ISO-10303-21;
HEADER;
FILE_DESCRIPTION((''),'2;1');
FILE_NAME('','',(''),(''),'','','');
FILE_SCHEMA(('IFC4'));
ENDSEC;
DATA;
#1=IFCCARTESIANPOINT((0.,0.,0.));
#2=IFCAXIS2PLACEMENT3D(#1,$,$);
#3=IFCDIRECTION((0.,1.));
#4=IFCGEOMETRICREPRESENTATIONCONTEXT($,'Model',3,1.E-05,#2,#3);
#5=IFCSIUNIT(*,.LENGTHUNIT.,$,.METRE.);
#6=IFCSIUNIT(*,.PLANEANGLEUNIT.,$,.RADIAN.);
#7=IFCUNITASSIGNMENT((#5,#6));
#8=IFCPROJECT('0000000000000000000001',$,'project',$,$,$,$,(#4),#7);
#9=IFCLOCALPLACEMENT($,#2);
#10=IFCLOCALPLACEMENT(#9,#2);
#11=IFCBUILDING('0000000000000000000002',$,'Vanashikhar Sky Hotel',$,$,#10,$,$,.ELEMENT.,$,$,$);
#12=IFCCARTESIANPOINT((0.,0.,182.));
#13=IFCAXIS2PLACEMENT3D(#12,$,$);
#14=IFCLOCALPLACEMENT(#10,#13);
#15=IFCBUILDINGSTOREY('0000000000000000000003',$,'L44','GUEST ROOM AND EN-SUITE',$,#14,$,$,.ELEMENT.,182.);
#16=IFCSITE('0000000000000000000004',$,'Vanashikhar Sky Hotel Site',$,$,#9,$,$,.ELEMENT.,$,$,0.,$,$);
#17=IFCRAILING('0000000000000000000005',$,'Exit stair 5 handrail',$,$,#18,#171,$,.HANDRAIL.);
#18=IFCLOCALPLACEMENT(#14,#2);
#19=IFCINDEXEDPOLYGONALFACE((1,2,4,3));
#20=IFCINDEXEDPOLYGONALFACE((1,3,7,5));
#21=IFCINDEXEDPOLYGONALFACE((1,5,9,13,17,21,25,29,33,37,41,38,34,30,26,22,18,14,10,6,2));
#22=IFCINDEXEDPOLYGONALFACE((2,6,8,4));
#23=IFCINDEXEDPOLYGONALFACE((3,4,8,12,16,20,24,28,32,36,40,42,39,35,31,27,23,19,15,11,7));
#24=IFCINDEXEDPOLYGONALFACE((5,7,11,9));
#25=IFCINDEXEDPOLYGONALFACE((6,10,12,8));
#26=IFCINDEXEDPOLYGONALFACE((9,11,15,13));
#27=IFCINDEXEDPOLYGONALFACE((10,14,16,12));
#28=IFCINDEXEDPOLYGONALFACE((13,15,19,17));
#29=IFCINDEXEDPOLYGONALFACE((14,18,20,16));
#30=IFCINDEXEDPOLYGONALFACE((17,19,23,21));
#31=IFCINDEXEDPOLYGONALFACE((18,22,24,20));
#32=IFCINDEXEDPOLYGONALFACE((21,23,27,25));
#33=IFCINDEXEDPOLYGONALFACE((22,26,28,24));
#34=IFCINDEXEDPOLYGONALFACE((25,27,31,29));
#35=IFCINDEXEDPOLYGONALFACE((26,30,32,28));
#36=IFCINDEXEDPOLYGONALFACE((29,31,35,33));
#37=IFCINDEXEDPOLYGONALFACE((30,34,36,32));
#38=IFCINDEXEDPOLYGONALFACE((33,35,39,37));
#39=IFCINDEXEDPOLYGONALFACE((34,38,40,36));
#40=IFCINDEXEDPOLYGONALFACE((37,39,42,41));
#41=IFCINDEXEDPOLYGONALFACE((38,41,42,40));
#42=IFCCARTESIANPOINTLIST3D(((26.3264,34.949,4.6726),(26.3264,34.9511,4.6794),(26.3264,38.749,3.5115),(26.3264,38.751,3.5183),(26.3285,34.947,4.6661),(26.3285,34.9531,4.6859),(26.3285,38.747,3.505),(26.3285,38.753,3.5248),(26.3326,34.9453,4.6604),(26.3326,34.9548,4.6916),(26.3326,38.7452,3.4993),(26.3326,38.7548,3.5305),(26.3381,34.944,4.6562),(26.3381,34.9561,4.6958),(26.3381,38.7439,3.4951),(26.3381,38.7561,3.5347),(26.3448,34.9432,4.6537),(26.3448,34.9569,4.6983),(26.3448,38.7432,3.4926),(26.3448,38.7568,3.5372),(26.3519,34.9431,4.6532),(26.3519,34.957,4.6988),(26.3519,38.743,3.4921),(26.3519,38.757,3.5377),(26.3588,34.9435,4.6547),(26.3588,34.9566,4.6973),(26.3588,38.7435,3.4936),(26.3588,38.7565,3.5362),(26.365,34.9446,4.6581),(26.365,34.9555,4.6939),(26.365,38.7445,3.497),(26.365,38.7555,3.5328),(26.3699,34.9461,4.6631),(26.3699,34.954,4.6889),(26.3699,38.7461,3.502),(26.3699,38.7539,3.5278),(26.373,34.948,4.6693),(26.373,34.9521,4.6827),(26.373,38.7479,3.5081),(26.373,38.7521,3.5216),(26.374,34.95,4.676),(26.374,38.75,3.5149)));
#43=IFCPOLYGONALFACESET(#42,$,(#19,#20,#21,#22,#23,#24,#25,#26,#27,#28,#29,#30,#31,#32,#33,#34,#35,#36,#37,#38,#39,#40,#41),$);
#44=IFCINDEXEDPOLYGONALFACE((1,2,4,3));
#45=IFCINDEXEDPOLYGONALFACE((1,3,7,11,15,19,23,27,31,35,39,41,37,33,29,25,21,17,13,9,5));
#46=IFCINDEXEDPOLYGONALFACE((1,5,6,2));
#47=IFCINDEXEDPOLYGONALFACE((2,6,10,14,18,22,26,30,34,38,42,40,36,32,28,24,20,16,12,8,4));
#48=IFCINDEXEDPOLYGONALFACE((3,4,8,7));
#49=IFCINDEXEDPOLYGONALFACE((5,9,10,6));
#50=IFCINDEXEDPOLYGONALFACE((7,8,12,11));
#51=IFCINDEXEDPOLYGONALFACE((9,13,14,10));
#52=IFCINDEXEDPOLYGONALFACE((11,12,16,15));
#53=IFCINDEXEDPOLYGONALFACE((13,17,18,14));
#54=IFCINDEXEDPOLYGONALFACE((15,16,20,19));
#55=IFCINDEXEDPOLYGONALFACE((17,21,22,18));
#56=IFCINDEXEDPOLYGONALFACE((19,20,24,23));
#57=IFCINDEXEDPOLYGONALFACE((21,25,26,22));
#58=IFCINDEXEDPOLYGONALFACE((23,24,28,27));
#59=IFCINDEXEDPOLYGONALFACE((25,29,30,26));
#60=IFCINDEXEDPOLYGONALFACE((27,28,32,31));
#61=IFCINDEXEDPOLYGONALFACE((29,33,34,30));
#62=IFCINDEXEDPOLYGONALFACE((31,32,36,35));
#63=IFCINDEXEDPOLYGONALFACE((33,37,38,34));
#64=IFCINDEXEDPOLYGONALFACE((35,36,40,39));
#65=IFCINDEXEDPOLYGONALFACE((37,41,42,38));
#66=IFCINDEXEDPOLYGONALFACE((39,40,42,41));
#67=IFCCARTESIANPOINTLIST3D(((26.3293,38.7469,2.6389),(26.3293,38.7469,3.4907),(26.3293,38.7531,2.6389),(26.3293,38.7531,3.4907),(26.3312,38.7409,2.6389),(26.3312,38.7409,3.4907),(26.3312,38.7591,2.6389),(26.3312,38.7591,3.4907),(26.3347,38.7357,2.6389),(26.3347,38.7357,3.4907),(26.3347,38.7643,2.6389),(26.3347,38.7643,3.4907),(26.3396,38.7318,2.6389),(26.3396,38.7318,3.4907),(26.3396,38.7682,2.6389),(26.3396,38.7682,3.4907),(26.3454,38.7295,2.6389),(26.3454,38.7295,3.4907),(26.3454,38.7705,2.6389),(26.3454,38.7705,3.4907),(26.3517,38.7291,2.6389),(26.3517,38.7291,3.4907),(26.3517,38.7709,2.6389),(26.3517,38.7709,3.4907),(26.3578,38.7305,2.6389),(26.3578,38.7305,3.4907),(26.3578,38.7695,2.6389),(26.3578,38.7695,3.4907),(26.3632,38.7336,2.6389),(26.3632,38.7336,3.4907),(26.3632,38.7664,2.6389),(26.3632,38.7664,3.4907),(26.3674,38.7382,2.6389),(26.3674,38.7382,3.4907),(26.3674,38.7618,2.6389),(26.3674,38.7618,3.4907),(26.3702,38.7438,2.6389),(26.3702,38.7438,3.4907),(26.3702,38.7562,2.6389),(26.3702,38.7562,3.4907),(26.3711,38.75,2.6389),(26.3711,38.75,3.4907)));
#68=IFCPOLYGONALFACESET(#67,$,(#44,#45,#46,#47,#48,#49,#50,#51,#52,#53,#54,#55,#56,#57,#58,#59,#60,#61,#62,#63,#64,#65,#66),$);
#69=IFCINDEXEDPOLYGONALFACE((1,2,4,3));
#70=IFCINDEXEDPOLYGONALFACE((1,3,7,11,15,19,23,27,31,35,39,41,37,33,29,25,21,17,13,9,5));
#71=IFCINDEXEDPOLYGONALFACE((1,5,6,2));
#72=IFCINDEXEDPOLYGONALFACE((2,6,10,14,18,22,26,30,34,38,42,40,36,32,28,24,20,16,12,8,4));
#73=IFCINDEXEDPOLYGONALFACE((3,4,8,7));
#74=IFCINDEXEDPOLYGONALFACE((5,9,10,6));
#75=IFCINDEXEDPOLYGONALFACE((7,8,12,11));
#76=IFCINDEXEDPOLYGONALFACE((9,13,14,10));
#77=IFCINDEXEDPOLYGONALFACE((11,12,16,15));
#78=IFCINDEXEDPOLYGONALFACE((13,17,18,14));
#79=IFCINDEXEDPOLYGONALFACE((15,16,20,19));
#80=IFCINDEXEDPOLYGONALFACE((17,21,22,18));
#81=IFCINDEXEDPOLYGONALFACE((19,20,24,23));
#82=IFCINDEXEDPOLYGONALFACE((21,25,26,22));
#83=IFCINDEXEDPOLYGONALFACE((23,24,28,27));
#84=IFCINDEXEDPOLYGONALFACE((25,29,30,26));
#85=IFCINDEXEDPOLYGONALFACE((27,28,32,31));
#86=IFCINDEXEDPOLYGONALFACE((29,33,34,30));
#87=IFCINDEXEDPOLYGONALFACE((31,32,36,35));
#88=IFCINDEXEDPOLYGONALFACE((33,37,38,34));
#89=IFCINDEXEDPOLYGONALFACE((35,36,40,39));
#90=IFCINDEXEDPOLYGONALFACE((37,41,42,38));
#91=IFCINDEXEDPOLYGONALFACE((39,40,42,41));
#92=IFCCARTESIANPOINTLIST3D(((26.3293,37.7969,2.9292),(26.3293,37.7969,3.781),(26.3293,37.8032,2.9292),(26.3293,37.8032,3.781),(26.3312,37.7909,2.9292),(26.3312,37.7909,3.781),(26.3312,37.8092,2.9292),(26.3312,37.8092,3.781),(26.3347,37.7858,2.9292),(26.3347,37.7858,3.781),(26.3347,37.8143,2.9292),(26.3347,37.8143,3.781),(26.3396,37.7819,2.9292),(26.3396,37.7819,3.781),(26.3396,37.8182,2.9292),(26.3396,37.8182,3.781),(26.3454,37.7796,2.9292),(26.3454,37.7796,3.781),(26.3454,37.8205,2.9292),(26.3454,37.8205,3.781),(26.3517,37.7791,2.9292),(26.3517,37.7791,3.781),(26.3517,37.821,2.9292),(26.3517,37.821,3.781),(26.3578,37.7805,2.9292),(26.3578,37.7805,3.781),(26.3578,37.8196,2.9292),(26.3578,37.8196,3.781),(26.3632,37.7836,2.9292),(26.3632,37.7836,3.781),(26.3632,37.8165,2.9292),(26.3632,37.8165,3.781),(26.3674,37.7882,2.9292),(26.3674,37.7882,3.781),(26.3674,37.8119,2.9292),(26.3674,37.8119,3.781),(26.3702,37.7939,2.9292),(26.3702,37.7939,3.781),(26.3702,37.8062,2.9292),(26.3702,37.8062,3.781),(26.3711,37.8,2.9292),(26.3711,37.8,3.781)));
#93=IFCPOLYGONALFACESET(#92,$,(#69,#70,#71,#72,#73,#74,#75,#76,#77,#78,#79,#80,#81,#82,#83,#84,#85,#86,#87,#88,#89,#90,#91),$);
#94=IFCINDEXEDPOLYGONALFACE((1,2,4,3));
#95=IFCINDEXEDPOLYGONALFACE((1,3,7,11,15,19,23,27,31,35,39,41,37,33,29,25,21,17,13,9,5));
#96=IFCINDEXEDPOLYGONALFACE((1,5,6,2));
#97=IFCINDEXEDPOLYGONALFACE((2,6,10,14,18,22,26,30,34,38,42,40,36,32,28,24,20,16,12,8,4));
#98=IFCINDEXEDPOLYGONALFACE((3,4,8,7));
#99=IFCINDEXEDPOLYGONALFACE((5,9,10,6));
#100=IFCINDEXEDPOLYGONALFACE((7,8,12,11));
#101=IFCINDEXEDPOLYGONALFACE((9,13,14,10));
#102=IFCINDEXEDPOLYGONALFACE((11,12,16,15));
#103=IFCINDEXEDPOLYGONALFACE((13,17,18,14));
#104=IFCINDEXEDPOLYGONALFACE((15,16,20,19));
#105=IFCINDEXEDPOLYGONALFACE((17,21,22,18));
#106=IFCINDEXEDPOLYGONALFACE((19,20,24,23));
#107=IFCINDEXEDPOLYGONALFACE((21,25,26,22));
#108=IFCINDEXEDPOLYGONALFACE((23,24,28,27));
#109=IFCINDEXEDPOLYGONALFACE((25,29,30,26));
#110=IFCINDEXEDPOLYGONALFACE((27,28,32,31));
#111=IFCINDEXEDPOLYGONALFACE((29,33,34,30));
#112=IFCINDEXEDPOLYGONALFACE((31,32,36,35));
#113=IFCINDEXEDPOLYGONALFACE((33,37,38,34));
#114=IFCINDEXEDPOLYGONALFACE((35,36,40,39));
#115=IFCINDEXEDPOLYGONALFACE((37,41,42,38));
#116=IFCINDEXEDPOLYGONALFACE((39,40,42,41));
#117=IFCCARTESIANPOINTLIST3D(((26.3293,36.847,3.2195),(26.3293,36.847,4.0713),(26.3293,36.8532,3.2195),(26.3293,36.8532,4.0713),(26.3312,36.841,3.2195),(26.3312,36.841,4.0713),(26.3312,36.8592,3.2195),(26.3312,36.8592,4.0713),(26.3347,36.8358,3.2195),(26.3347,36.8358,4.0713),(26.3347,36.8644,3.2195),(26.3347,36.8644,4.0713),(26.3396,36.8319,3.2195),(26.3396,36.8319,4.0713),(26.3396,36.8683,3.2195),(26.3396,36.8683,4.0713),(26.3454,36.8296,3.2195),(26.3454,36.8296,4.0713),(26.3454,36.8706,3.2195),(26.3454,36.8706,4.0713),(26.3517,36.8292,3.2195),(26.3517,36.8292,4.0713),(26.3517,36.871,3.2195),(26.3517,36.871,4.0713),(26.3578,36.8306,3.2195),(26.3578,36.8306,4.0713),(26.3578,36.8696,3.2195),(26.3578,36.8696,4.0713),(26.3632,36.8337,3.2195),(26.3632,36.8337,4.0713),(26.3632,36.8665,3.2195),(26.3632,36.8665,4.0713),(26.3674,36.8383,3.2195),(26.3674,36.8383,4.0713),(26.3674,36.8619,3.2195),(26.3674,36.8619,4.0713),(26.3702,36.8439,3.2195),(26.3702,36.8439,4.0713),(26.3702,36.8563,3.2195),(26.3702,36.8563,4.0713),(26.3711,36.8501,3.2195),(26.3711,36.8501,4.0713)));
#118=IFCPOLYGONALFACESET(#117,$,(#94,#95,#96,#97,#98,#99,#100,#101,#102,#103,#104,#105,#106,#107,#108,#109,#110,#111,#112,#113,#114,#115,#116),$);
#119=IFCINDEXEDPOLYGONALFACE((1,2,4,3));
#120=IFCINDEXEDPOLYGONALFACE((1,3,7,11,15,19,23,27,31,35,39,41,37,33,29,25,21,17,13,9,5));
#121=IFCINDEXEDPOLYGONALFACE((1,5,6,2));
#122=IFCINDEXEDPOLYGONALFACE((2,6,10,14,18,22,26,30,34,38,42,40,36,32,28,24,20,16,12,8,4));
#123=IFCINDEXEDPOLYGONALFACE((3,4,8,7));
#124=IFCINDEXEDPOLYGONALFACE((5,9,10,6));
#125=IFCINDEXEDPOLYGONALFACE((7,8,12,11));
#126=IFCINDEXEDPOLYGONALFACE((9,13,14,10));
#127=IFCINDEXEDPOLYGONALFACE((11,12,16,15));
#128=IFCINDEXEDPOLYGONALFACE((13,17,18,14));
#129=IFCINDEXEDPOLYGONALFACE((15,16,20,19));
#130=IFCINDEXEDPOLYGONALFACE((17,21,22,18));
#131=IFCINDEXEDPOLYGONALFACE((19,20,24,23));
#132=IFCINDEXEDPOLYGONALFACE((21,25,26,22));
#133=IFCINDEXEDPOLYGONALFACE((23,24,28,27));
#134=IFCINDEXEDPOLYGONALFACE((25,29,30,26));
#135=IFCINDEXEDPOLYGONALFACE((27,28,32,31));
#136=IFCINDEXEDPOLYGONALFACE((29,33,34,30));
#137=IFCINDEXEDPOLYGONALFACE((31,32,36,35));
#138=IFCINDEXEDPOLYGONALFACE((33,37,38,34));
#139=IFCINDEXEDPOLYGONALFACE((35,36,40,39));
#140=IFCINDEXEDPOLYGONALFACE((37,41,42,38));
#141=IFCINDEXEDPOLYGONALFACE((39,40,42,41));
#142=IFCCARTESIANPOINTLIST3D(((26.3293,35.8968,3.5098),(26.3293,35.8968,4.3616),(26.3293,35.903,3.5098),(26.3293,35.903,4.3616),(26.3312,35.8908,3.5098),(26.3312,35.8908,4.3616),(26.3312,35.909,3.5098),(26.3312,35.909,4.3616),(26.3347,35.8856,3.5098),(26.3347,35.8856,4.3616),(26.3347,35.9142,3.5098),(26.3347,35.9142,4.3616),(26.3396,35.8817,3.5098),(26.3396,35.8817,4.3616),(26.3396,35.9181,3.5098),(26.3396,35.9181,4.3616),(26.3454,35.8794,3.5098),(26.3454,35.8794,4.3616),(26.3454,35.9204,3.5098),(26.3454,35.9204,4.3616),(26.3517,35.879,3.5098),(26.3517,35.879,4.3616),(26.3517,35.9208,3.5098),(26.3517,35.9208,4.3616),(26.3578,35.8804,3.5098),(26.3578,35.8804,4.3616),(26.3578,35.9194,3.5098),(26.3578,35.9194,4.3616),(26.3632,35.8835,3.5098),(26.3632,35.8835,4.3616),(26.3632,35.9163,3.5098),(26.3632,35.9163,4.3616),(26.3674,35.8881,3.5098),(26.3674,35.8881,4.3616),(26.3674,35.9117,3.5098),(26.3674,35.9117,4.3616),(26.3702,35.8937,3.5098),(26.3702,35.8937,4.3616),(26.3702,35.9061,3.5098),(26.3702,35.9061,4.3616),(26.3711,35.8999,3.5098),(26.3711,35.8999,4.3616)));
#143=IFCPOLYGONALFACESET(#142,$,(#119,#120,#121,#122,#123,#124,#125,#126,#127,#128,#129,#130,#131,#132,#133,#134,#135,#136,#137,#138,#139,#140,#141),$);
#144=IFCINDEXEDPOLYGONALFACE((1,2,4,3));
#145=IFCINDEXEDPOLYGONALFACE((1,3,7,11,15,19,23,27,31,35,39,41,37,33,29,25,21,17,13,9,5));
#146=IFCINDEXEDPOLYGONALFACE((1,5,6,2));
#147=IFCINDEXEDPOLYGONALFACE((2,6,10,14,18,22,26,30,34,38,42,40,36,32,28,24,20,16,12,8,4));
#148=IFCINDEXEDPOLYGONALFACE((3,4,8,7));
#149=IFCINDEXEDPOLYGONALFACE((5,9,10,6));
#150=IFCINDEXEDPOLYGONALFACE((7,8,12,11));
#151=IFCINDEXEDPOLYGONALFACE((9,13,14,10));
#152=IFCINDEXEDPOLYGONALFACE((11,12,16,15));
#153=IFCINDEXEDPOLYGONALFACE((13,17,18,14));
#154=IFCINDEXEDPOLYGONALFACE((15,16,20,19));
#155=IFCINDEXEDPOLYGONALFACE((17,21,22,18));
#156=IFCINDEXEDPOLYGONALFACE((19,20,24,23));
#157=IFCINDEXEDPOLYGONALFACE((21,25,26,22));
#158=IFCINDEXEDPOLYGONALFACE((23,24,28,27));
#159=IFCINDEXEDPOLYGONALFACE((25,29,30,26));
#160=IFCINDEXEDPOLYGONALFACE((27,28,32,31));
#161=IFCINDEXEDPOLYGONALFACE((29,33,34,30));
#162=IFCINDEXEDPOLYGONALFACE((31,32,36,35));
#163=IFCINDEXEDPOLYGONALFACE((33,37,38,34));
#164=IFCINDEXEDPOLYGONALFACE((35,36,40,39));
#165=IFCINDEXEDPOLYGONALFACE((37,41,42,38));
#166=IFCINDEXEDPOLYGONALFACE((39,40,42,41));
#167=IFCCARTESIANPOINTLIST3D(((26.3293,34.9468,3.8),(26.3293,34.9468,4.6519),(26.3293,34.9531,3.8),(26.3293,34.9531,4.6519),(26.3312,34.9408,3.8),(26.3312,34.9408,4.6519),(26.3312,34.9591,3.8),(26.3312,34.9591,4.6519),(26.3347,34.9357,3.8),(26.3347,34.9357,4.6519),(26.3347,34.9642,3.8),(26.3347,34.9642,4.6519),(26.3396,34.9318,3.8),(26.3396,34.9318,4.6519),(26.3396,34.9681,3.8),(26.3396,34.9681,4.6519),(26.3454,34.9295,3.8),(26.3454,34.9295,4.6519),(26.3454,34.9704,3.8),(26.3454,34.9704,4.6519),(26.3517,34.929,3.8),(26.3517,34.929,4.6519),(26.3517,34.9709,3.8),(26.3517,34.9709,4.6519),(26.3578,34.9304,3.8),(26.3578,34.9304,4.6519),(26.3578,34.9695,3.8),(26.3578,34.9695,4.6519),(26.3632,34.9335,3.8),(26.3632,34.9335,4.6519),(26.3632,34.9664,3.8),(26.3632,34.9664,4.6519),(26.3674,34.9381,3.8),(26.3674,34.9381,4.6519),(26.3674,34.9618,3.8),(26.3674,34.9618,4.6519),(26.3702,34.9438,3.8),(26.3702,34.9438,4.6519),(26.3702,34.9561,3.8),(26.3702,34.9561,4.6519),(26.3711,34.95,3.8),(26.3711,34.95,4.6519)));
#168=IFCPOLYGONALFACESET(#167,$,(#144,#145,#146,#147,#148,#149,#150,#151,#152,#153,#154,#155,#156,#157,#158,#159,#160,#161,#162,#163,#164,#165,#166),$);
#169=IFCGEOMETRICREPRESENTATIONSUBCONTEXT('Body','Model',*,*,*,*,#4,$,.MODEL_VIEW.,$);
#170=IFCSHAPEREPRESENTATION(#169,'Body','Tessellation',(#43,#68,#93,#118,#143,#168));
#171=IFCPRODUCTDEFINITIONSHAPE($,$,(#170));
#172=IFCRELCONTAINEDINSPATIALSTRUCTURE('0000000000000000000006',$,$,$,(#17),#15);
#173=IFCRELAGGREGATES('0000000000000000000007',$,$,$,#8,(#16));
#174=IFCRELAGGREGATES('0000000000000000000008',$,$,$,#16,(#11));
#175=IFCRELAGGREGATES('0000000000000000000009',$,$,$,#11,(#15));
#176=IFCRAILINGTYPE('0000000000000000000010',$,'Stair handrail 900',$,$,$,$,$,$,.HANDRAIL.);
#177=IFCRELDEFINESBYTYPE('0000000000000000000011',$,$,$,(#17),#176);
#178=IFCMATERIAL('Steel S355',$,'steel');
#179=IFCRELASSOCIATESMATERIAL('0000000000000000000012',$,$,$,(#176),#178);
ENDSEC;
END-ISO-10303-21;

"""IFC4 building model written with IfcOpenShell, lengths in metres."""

from ifc_helpers import new_model, si_unit, direction, frame, origin, origin_2d, place, context, subcontext, project, spatial, circle, extrude, source, transform, mapped, material, type_object, element, save


model = new_model("IFC4")

# Units and contexts
model_context = context("Model", 3, precision=1e-05, world=origin(), true_north=direction((0.0, 1.0)))
body_context = subcontext(model_context, "Body", "Model", "MODEL_VIEW")
ifc_project = project(units=[si_unit("LENGTHUNIT", "METRE"), si_unit("PLANEANGLEUNIT", "RADIAN")], contexts=[model_context])

# Site, building, storey
site_placement = place(None, origin())
site = spatial("IfcSite", under=ifc_project, at=site_placement, Name="Vanashikhar Sky Hotel Site", CompositionType="ELEMENT", RefElevation=0.0)
building_placement = place(site_placement, origin())
building = spatial("IfcBuilding", under=site, at=building_placement, Name="Vanashikhar Sky Hotel", CompositionType="ELEMENT")
storey_placement = place(building_placement, frame((0.0, 0.0, 182.0)))
storey = spatial("IfcBuildingStorey", under=building, at=storey_placement, Name="L44", Description="GUEST ROOM AND EN-SUITE", CompositionType="ELEMENT", Elevation=182.0)

# Railing
ifc_material_1 = material(Name="Steel S355", Category="steel")
railing_type_1 = type_object("IfcRailingType", Name="Stair handrail 900", PredefinedType="HANDRAIL", material=ifc_material_1)
shared_shape_1 = source(origin(), body_context, "Body", "SweptSolid", [
    extrude(circle(Radius=0.0239, at=origin_2d()), frame((0.0, 0.0, 0.876), z_axis=(0.0, -0.956351, 0.29222), x_axis=(1.0, 0.0, 0.0)), (0.0, 0.0, 1.0), 3.9734),
    extrude(circle(Radius=0.021, at=origin_2d()), origin(), (0.0, 0.0, 1.0), 0.8518),
    extrude(circle(Radius=0.021, at=origin_2d()), frame((0.0, -0.95, 0.2903)), (0.0, 0.0, 1.0), 0.8518),
    extrude(circle(Radius=0.021, at=origin_2d()), frame((0.0, -1.8999, 0.5806)), (0.0, 0.0, 1.0), 0.8518),
    extrude(circle(Radius=0.021, at=origin_2d()), frame((0.0, -2.8501, 0.8708)), (0.0, 0.0, 1.0), 0.8518),
    extrude(circle(Radius=0.021, at=origin_2d()), frame((0.0, -3.8, 1.1611)), (0.0, 0.0, 1.0), 0.8518),
])
for number, where, name in (
    (1, (26.3501, 38.75, 2.6389), "Exit stair 5 handrail"),
):
    element("IfcRailing", number, at=place(storey_placement, frame(where)), inside=storey, type_object=railing_type_1, Name=name, PredefinedType="HANDRAIL", context=body_context, shape_type="MappedRepresentation", body=[
        mapped(shared_shape_1, transform((0.0, 0.0, 0.0), scale=1.0)),
    ])

save(model, "model.ifc")
